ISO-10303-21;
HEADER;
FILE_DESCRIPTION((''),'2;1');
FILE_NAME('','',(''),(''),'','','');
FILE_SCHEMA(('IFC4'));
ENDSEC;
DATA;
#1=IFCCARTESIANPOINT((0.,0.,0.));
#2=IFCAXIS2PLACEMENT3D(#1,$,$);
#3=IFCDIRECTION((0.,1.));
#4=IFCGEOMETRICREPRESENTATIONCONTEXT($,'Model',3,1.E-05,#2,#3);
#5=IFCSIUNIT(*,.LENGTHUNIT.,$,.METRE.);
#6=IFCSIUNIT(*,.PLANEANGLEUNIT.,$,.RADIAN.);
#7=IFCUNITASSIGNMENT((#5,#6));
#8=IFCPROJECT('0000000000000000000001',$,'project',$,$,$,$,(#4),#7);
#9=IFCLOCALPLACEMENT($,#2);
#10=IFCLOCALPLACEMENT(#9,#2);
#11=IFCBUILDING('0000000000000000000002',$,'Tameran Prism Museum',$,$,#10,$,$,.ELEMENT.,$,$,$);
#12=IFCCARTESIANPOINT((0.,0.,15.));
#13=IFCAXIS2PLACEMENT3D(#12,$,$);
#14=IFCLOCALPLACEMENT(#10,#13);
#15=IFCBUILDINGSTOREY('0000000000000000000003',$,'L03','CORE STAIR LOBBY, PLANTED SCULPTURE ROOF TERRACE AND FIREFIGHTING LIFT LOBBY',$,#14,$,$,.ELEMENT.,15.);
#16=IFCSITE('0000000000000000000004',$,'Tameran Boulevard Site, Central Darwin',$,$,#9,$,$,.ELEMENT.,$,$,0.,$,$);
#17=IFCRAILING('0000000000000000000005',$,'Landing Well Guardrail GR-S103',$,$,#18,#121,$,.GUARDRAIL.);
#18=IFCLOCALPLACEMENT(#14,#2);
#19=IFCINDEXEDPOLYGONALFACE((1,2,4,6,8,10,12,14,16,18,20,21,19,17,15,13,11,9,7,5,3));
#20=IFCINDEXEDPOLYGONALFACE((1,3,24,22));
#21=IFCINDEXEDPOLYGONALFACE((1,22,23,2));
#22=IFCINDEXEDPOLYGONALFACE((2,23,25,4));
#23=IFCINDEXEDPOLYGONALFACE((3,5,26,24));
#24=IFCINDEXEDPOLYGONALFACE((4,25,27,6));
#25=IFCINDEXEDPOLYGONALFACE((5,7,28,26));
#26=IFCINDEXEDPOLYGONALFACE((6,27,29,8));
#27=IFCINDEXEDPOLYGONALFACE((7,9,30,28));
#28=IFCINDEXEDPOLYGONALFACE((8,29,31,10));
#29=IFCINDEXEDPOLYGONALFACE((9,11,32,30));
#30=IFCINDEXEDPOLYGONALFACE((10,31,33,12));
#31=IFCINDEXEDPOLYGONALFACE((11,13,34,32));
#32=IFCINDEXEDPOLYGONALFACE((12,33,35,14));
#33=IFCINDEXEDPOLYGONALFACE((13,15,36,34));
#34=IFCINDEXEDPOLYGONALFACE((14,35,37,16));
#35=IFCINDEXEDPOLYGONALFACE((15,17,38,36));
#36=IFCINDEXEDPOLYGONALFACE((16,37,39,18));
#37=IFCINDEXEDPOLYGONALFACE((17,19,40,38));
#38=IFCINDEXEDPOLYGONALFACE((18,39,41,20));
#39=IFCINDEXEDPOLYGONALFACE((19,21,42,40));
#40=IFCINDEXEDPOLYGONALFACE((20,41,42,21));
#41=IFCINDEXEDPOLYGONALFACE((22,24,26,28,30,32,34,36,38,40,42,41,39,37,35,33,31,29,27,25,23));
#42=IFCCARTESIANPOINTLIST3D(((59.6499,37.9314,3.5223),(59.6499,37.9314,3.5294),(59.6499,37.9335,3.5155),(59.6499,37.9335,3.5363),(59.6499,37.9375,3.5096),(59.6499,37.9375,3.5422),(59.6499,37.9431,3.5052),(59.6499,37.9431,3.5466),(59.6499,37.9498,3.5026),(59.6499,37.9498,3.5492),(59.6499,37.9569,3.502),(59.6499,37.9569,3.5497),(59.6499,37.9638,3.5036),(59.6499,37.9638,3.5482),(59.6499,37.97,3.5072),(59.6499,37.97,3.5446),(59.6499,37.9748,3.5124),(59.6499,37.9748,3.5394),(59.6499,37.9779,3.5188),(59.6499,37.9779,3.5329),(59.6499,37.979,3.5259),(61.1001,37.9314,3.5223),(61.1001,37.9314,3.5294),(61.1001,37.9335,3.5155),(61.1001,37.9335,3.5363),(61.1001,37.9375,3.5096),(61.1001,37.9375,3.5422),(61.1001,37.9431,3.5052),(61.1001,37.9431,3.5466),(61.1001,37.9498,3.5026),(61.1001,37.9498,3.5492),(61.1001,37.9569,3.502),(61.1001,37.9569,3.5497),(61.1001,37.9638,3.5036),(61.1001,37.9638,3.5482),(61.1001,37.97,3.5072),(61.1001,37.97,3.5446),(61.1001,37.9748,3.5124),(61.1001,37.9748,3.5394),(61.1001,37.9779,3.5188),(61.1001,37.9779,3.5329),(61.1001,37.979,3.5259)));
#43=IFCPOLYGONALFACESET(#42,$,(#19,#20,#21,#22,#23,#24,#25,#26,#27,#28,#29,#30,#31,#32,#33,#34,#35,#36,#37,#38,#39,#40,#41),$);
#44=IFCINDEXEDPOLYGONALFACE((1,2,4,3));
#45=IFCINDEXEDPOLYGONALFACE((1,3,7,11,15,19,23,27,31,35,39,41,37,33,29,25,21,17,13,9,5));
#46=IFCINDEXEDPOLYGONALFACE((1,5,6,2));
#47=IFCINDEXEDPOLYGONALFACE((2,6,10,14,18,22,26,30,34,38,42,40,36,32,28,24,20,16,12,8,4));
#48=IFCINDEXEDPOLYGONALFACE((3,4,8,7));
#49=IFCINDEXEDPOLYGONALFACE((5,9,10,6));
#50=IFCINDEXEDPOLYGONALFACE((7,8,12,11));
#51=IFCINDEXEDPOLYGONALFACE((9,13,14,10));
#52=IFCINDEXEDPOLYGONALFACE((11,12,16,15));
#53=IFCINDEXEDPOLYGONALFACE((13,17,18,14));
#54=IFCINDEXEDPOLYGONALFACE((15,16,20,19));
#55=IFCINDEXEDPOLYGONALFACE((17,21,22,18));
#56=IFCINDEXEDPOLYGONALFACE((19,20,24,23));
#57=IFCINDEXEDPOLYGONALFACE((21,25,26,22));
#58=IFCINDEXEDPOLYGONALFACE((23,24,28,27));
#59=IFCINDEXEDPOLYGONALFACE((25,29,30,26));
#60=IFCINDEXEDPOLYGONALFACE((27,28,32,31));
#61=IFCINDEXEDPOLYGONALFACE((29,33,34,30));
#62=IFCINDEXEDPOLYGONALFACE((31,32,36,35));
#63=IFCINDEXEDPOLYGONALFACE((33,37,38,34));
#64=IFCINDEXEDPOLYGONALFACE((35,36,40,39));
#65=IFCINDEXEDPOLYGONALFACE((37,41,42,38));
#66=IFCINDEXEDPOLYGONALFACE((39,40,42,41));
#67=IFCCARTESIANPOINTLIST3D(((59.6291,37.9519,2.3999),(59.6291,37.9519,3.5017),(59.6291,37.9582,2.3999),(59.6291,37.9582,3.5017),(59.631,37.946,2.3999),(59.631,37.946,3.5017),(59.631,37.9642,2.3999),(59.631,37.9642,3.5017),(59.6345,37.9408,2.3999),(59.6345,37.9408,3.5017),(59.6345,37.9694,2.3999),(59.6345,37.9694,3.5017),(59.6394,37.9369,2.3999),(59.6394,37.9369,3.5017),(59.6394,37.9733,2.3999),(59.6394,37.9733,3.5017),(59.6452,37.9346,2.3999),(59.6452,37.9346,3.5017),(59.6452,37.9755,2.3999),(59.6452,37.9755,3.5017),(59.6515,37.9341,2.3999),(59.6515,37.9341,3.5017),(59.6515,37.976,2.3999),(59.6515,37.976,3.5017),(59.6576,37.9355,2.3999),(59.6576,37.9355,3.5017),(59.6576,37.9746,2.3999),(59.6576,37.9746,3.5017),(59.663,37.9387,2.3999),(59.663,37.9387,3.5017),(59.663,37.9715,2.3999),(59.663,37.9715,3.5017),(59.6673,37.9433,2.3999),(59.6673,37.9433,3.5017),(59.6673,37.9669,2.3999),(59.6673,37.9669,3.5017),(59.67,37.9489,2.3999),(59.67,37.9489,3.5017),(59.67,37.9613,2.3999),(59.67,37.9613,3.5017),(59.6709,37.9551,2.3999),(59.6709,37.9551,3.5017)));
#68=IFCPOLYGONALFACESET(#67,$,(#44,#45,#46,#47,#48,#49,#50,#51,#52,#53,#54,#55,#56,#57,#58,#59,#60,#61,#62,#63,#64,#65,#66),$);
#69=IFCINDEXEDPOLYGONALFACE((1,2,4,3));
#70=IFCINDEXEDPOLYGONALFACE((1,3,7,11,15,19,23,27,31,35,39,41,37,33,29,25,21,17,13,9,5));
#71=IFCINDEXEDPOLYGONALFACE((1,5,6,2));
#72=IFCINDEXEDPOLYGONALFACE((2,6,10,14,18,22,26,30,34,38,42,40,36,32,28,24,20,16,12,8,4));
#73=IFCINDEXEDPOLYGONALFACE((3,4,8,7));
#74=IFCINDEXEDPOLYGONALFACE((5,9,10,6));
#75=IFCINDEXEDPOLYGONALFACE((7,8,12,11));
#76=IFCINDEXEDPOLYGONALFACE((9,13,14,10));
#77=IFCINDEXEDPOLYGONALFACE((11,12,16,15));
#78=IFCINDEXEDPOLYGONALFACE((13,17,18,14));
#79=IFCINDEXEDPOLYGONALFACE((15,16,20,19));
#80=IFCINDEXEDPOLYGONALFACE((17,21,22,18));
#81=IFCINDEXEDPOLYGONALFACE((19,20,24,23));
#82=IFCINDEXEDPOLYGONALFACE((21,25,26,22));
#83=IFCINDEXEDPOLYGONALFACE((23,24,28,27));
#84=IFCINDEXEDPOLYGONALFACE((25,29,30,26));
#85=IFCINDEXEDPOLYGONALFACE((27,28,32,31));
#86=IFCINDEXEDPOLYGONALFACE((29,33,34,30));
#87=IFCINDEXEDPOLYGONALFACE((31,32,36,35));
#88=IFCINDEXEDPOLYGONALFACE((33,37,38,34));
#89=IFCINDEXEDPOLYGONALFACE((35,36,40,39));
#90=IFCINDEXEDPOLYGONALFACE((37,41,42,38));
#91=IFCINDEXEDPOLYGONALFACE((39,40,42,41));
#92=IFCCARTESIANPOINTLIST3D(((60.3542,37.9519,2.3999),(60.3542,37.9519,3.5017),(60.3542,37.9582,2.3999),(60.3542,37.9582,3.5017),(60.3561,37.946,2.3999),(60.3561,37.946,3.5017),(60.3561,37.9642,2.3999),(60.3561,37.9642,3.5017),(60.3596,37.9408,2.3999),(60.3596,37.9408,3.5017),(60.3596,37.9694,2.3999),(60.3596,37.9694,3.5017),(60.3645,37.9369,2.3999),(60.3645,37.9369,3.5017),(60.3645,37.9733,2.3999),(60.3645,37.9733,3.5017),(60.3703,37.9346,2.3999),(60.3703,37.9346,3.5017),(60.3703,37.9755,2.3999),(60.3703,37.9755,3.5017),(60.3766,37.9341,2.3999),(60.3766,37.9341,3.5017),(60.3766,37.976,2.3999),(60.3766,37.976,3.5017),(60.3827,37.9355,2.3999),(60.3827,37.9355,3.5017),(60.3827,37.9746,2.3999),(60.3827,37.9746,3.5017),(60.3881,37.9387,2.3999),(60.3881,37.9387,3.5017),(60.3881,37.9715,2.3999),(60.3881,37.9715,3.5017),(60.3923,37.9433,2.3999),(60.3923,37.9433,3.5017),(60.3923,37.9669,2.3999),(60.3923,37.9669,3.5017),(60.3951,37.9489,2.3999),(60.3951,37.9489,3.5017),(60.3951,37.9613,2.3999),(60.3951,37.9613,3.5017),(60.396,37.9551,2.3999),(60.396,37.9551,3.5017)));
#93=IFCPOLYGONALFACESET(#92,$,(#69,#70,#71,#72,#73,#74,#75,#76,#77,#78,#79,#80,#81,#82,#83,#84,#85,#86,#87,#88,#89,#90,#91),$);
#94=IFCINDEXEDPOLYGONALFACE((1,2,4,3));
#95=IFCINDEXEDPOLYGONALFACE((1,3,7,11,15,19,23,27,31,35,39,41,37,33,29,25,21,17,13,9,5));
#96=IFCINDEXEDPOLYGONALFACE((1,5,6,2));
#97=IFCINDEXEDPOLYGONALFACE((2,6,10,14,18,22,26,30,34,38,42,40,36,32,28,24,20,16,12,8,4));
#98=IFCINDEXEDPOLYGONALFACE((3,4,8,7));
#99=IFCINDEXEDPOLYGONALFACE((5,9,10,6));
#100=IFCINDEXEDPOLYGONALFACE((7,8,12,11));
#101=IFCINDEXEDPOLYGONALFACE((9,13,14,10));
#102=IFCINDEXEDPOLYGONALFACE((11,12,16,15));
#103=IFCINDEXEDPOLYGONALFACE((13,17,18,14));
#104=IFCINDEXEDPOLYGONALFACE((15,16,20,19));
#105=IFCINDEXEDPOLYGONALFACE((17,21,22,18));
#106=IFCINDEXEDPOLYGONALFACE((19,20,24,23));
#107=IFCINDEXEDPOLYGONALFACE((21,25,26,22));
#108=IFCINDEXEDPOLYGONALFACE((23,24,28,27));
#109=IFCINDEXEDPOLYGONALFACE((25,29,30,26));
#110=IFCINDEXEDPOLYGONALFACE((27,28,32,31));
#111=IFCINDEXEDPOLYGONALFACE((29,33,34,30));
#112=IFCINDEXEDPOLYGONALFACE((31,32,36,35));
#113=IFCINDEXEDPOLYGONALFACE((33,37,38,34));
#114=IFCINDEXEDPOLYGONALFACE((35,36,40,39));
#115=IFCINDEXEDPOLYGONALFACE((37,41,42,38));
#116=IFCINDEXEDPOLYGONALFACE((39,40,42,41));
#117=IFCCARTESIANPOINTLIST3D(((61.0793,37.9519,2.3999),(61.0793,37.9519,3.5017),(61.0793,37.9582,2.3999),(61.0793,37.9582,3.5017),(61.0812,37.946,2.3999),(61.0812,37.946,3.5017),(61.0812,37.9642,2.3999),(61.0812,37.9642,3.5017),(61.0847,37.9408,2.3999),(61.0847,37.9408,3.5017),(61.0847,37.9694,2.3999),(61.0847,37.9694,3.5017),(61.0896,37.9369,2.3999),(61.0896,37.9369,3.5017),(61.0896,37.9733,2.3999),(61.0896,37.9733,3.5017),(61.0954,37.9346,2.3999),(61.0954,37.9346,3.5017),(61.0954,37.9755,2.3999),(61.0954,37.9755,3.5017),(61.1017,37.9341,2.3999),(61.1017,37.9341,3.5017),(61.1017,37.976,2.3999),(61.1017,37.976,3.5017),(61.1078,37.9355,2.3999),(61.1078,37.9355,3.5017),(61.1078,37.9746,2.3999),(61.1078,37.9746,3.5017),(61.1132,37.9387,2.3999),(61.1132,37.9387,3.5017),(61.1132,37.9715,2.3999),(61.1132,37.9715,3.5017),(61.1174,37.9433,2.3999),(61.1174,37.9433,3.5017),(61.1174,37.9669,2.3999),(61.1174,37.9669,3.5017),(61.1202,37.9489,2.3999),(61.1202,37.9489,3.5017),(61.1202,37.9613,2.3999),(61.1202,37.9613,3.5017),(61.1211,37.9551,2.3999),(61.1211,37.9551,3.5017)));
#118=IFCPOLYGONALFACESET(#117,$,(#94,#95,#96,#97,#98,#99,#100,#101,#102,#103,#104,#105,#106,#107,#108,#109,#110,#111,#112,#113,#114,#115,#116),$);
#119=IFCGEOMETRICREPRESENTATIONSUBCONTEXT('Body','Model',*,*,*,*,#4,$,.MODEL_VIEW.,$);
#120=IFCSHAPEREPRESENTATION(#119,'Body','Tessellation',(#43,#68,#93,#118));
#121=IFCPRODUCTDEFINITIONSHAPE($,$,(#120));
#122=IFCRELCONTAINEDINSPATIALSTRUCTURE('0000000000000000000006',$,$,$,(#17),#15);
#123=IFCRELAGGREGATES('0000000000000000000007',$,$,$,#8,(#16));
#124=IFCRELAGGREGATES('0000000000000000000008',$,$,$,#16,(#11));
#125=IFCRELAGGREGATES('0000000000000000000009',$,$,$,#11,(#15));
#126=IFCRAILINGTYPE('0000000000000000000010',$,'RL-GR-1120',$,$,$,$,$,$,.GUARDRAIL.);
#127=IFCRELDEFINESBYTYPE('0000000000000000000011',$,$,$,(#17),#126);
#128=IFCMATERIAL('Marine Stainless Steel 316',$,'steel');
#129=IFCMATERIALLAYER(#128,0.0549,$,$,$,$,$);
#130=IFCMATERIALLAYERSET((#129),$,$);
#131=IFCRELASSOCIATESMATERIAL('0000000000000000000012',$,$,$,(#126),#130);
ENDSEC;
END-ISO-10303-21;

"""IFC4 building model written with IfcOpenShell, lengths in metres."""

from ifc_helpers import new_model, si_unit, direction, frame, origin, origin_2d, place, context, subcontext, project, spatial, circle, extrude, material, layer, layer_set, type_object, element, save


model = new_model("IFC4")

# Units and contexts
model_context = context("Model", 3, precision=1e-05, world=origin(), true_north=direction((0.0, 1.0)))
body_context = subcontext(model_context, "Body", "Model", "MODEL_VIEW")
ifc_project = project(units=[si_unit("LENGTHUNIT", "METRE"), si_unit("PLANEANGLEUNIT", "RADIAN")], contexts=[model_context])

# Site, building, storey
site_placement = place(None, origin())
site = spatial("IfcSite", under=ifc_project, at=site_placement, Name="Tameran Boulevard Site, Central Darwin", CompositionType="ELEMENT", RefElevation=0.0)
building_placement = place(site_placement, origin())
building = spatial("IfcBuilding", under=site, at=building_placement, Name="Tameran Prism Museum", CompositionType="ELEMENT")
storey_placement = place(building_placement, frame((0.0, 0.0, 15.0)))
storey = spatial("IfcBuildingStorey", under=building, at=storey_placement, Name="L03", Description="CORE STAIR LOBBY, PLANTED SCULPTURE ROOF TERRACE AND FIREFIGHTING LIFT LOBBY", CompositionType="ELEMENT", Elevation=15.0)

# Railing
ifc_material_1 = material(Name="Marine Stainless Steel 316", Category="steel")
ifc_layer_1 = layer(ifc_material_1, 0.0549)
ifc_layer_set_1 = layer_set([ifc_layer_1])
railing_type_1 = type_object("IfcRailingType", Name="RL-GR-1120", PredefinedType="GUARDRAIL", material=ifc_layer_set_1)
railing_1_placement = place(storey_placement, frame((59.6499, 37.9551, 2.3999)))
element("IfcRailing", 1, at=railing_1_placement, inside=storey, type_object=railing_type_1, Name="Landing Well Guardrail GR-S103", PredefinedType="GUARDRAIL", context=body_context, shape_type="SweptSolid", body=[
    extrude(circle(Radius=0.0239, at=origin_2d()), frame((0.0, 0.0, 1.126), z_axis=(1.0, 0.0, 0.0), x_axis=(0.0, 1.0, 0.0)), (0.0, 0.0, 1.0), 1.4502),
    extrude(circle(Radius=0.021, at=origin_2d()), origin(), (0.0, 0.0, 1.0), 1.1018),
    extrude(circle(Radius=0.021, at=origin_2d()), frame((0.7251, 0.0, 0.0)), (0.0, 0.0, 1.0), 1.1018),
    extrude(circle(Radius=0.021, at=origin_2d()), frame((1.4502, 0.0, 0.0)), (0.0, 0.0, 1.0), 1.1018),
])

save(model, "model.ifc")
